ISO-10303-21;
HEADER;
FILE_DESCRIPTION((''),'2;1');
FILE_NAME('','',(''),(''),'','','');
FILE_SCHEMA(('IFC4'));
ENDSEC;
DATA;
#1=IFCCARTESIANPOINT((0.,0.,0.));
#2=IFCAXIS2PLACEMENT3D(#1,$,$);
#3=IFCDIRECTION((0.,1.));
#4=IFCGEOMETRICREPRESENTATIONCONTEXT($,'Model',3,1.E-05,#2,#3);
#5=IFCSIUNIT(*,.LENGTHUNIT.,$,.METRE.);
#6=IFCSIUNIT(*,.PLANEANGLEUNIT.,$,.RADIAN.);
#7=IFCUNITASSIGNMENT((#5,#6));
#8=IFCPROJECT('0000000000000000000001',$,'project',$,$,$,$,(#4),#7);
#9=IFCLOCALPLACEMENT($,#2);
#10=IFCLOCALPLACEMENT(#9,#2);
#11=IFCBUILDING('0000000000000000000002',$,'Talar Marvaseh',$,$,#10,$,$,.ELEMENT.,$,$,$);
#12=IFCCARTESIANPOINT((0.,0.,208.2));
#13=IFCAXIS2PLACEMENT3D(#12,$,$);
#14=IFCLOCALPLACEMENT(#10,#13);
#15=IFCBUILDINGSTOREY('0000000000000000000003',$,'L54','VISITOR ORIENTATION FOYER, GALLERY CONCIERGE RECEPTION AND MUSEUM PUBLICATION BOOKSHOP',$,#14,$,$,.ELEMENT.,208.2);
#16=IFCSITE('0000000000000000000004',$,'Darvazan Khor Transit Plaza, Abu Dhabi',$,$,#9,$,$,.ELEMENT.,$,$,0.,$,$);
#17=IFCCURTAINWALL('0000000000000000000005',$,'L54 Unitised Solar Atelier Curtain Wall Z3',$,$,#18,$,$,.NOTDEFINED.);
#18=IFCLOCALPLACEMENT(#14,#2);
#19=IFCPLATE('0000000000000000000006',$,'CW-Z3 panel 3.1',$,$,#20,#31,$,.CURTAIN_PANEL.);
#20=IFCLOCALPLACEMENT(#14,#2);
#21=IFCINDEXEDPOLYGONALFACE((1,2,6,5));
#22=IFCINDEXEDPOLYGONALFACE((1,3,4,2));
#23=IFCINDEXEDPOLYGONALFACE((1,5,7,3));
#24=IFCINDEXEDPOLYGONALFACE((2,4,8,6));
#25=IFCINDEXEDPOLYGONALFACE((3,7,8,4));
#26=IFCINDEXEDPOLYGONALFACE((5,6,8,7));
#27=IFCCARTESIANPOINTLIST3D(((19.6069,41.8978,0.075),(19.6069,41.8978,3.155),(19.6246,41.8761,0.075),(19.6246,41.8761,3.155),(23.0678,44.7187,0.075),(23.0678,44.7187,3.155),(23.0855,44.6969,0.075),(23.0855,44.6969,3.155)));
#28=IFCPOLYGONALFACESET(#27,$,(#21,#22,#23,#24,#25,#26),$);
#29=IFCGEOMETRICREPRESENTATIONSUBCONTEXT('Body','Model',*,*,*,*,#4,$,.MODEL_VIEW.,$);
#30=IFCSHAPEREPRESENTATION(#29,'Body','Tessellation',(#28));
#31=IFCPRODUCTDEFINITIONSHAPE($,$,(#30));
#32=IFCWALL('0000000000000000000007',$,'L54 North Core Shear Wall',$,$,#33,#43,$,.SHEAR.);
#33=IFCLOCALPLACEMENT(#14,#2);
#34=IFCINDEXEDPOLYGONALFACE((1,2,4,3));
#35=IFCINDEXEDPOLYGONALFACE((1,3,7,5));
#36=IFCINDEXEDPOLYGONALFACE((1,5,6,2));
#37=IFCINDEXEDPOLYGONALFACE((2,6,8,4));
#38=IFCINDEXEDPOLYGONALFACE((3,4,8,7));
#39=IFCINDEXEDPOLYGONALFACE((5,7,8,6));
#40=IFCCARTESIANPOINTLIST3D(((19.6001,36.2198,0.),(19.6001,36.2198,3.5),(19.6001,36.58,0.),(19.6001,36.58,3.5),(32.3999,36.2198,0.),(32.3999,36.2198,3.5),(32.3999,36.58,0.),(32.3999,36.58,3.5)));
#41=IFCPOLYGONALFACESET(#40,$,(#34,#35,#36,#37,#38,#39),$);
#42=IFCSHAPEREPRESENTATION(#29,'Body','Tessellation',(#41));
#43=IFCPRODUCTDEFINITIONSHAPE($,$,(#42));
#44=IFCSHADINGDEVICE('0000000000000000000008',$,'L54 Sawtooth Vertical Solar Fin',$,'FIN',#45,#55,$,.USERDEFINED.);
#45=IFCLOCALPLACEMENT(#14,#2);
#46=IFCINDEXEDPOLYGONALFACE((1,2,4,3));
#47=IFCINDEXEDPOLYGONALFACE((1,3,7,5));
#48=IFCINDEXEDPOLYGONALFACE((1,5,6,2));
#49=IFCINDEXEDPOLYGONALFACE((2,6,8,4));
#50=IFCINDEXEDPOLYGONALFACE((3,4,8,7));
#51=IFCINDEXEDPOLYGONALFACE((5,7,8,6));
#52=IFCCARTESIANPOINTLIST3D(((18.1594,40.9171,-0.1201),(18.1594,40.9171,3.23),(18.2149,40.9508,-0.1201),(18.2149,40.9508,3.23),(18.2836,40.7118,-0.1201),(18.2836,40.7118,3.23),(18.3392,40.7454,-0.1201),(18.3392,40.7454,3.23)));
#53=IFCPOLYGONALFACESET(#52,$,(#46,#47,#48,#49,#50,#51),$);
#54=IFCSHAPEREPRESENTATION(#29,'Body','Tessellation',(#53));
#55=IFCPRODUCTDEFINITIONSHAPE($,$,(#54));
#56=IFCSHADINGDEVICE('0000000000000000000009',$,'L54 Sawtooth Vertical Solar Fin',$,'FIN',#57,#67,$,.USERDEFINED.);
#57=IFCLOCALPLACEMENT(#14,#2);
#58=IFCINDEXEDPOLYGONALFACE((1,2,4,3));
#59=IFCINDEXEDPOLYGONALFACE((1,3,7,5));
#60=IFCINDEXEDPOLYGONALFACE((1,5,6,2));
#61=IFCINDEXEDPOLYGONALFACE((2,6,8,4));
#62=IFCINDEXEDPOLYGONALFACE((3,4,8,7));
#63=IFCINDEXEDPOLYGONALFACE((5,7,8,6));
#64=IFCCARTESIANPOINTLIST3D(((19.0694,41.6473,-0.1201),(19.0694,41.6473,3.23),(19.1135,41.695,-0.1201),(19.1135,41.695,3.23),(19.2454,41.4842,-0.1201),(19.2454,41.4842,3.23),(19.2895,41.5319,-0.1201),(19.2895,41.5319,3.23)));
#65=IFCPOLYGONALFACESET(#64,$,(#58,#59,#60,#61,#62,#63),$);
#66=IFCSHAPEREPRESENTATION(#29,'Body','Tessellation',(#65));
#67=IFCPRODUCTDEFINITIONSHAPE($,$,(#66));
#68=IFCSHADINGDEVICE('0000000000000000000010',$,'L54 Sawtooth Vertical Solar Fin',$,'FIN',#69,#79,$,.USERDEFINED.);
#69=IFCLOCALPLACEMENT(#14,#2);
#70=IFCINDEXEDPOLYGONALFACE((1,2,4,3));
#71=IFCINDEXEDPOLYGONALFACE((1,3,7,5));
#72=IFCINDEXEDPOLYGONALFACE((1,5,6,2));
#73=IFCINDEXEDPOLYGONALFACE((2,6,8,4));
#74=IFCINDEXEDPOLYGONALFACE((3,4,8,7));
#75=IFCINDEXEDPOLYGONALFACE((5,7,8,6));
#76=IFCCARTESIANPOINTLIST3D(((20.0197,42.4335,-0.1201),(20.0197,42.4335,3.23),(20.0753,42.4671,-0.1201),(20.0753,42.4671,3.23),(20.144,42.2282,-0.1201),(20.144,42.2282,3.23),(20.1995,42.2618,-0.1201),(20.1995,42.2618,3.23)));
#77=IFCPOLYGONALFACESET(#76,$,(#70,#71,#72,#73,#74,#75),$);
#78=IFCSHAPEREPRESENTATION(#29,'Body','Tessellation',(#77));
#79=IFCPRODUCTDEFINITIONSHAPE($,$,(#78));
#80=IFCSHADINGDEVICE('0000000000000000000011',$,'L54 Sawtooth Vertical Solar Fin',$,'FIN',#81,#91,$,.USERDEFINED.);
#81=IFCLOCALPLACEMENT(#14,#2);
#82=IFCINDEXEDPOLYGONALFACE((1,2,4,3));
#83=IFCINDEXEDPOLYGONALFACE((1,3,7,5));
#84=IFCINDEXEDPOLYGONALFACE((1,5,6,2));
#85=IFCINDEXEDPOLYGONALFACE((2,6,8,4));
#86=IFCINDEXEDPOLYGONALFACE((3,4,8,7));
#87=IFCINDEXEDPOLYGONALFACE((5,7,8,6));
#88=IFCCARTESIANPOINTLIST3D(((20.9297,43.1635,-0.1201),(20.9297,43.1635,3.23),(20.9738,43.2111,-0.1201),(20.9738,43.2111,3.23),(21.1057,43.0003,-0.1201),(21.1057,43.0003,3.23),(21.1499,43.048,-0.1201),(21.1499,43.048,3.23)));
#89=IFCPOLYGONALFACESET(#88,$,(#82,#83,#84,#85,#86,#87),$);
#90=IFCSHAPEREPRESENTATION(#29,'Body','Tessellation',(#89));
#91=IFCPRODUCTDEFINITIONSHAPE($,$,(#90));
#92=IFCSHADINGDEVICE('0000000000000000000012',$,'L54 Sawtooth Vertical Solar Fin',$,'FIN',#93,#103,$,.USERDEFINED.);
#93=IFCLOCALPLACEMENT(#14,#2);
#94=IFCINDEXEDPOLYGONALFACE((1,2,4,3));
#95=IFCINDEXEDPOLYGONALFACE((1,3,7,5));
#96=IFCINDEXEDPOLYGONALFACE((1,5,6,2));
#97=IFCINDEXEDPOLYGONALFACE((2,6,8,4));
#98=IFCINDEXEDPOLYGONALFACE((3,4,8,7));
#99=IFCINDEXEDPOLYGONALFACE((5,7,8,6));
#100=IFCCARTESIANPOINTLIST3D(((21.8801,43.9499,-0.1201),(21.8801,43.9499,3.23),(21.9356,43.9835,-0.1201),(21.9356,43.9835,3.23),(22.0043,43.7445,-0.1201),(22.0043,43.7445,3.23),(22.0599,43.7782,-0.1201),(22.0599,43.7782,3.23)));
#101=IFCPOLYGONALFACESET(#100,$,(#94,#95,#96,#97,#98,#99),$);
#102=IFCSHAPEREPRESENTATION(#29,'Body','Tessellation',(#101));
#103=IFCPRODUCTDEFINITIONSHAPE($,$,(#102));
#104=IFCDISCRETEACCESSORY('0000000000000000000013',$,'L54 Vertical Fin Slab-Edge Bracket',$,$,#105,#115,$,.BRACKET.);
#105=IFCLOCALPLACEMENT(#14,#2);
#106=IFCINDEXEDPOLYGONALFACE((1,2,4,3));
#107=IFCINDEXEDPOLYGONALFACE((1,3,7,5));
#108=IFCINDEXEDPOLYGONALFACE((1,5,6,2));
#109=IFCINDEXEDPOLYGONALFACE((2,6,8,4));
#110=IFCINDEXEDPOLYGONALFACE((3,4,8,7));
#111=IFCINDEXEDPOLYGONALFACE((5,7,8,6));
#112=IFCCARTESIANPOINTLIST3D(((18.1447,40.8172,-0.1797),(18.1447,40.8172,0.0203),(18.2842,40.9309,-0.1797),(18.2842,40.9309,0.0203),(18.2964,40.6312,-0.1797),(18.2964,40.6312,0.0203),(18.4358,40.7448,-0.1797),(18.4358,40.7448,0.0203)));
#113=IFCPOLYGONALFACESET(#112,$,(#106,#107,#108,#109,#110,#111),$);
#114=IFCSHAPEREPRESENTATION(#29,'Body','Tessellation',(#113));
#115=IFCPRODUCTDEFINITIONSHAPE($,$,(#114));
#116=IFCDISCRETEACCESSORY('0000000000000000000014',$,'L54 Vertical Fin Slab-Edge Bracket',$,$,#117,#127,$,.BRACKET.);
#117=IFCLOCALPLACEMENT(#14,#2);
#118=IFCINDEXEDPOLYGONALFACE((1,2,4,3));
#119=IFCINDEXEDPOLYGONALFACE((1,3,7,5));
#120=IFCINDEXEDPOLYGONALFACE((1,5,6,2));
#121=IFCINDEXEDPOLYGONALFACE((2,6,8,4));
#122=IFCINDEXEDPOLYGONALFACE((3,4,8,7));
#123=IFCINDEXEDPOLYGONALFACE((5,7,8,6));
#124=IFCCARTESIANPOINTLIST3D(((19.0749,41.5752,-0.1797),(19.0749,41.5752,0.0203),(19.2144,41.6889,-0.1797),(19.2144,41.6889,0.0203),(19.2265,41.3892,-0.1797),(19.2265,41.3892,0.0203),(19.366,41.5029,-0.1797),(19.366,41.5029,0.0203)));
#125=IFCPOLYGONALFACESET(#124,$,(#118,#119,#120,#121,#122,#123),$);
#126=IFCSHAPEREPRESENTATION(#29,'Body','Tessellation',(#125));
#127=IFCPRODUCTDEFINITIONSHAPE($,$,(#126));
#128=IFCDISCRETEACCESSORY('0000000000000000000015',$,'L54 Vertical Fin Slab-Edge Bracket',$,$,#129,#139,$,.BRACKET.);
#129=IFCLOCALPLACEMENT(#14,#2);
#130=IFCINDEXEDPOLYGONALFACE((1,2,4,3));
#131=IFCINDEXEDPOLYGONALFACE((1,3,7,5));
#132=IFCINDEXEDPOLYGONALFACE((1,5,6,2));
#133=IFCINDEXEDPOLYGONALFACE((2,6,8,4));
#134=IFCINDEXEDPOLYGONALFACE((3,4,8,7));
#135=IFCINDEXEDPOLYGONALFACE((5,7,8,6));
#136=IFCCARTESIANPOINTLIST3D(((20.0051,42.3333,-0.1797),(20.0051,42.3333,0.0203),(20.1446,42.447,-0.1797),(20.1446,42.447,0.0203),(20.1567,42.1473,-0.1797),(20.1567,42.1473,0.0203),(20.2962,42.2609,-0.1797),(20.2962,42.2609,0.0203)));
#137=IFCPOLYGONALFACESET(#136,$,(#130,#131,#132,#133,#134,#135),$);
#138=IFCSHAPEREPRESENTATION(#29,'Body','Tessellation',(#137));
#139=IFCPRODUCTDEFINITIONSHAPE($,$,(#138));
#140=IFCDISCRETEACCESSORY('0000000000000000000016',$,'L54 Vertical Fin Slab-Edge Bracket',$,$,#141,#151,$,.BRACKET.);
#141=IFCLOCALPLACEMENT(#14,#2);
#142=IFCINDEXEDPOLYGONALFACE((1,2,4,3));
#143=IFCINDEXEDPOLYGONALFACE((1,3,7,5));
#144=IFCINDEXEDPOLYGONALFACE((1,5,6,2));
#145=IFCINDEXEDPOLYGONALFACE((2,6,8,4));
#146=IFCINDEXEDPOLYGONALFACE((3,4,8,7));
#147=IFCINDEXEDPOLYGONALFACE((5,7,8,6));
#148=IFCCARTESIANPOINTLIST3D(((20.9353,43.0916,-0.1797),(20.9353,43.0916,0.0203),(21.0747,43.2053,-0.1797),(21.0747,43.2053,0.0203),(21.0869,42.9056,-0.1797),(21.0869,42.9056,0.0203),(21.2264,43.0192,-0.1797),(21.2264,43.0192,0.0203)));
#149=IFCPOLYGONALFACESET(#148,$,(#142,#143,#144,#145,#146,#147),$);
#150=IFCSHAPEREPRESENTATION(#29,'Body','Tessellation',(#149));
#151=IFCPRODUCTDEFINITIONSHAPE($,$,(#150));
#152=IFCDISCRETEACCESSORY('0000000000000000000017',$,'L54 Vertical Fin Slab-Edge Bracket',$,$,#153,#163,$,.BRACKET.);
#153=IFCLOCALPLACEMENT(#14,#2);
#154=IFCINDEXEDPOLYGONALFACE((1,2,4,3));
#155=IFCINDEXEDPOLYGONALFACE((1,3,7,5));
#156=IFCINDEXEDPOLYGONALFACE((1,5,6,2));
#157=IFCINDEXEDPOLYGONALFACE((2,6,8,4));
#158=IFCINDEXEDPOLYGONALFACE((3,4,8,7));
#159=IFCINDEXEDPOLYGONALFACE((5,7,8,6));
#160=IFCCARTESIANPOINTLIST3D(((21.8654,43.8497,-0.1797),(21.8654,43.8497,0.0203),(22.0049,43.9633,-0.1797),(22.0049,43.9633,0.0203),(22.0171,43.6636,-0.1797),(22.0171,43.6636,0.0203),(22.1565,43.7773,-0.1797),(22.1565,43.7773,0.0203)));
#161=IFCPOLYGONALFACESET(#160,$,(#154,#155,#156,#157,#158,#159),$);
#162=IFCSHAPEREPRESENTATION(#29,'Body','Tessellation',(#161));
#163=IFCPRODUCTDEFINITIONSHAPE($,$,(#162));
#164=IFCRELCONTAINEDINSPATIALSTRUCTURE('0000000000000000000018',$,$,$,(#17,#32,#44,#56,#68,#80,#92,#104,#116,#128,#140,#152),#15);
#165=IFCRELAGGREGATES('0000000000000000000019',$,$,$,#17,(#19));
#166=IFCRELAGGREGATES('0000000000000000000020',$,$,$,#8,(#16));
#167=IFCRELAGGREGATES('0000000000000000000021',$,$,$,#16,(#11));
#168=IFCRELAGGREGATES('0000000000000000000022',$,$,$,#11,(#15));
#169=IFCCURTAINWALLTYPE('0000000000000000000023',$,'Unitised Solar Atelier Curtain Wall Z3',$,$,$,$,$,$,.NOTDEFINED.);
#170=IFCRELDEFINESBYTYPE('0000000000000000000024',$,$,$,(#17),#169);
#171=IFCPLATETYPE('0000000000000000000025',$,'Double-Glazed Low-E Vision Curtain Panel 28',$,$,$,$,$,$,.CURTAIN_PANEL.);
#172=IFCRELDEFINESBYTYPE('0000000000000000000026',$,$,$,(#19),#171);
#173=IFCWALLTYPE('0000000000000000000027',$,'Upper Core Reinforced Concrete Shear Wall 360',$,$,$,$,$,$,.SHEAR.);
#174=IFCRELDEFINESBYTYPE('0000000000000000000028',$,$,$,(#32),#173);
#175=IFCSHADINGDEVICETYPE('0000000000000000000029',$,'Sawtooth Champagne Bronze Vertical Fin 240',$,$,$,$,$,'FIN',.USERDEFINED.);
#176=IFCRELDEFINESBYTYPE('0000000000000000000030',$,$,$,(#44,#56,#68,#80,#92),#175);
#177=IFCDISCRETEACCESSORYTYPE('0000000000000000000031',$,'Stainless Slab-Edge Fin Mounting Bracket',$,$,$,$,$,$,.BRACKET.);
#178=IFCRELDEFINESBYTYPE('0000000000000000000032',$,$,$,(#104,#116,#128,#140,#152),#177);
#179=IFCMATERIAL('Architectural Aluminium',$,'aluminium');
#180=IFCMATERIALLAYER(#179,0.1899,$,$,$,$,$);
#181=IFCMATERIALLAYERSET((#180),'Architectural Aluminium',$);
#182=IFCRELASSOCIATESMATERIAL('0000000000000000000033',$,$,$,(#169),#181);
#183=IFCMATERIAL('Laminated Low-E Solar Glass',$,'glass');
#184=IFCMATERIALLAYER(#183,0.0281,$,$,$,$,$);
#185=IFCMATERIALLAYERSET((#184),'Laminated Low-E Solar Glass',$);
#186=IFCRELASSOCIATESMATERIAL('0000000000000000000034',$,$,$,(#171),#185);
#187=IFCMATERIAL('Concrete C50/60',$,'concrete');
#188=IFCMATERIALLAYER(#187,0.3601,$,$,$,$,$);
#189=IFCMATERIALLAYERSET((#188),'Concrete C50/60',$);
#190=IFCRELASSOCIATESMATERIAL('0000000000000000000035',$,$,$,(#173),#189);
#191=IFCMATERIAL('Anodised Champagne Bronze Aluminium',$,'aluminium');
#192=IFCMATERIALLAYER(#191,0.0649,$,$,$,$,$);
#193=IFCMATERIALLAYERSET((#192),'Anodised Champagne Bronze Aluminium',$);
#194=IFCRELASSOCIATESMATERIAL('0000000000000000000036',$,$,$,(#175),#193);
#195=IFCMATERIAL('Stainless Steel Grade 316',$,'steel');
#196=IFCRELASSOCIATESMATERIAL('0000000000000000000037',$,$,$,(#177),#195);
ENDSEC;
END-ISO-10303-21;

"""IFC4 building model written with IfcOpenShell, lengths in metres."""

from ifc_helpers import new_model, si_unit, direction, frame, frame_2d, origin, origin_2d, place, context, subcontext, project, spatial, rectangle, extrude, source, transform, mapped, material, layer, layer_set, type_object, type_shapes, element, aggregate, save


model = new_model("IFC4")

# Units and contexts
model_context = context("Model", 3, precision=1e-05, world=origin(), true_north=direction((0.0, 1.0)))
body_context = subcontext(model_context, "Body", "Model", "MODEL_VIEW")
ifc_project = project(units=[si_unit("LENGTHUNIT", "METRE"), si_unit("PLANEANGLEUNIT", "RADIAN")], contexts=[model_context])

# Site, building, storey
site_placement = place(None, origin())
site = spatial("IfcSite", under=ifc_project, at=site_placement, Name="Darvazan Khor Transit Plaza, Abu Dhabi", CompositionType="ELEMENT", RefElevation=0.0)
building_placement = place(site_placement, origin())
building = spatial("IfcBuilding", under=site, at=building_placement, Name="Talar Marvaseh", CompositionType="ELEMENT")
storey_placement = place(building_placement, frame((0.0, 0.0, 208.2)))
storey = spatial("IfcBuildingStorey", under=building, at=storey_placement, Name="L54", Description="VISITOR ORIENTATION FOYER, GALLERY CONCIERGE RECEPTION AND MUSEUM PUBLICATION BOOKSHOP", CompositionType="ELEMENT", Elevation=208.2)

# Curtain wall, plate
ifc_material_1 = material(Name="Architectural Aluminium", Category="aluminium")
ifc_layer_1 = layer(ifc_material_1, 0.1899)
ifc_layer_set_1 = layer_set([ifc_layer_1], Name="Architectural Aluminium")
curtain_wall_type = type_object("IfcCurtainWallType", Name="Unitised Solar Atelier Curtain Wall Z3", PredefinedType="NOTDEFINED", material=ifc_layer_set_1)
curtain_wall_placement = place(storey_placement, origin())
curtain_wall = element("IfcCurtainWall", 1, at=curtain_wall_placement, inside=storey, type_object=curtain_wall_type, Name="L54 Unitised Solar Atelier Curtain Wall Z3", PredefinedType="NOTDEFINED")
ifc_material_2 = material(Name="Laminated Low-E Solar Glass", Category="glass")
ifc_layer_2 = layer(ifc_material_2, 0.0281)
ifc_layer_set_2 = layer_set([ifc_layer_2], Name="Laminated Low-E Solar Glass")
plate_type = type_object("IfcPlateType", Name="Double-Glazed Low-E Vision Curtain Panel 28", PredefinedType="CURTAIN_PANEL", material=ifc_layer_set_2)
shared_shape_1 = source(origin(), body_context, "Body", "SweptSolid", [
    extrude(rectangle(XDim=4.4648, YDim=0.0281, at=origin_2d()), origin(), (0.0, 0.0, 1.0), 3.0801),
])
type_shapes(plate_type, [shared_shape_1])
plate_placement = place(storey_placement, frame((21.3462, 43.2974, 0.075), z_axis=(0.0, 0.0, 1.0), x_axis=(0.775145, 0.631784, 0.0)))
plate = element("IfcPlate", 2, at=plate_placement, type_object=plate_type, Name="CW-Z3 panel 3.1", PredefinedType="CURTAIN_PANEL", context=body_context, shape_type="MappedRepresentation", body=[
    mapped(shared_shape_1, transform((0.0, 0.0, 0.0), x_axis=(1.0, 0.0, 0.0), y_axis=(0.0, 1.0, 0.0), z_axis=(0.0, 0.0, 1.0), scale=1.0)),
])
aggregate(curtain_wall, [plate])

# Wall
ifc_material_3 = material(Name="Concrete C50/60", Category="concrete")
ifc_layer_3 = layer(ifc_material_3, 0.3601)
ifc_layer_set_3 = layer_set([ifc_layer_3], Name="Concrete C50/60")
wall_type = type_object("IfcWallType", Name="Upper Core Reinforced Concrete Shear Wall 360", PredefinedType="SHEAR", material=ifc_layer_set_3)
wall_placement = place(storey_placement, frame((19.6001, 36.3999, 0.0), z_axis=(0.0, 0.0, 1.0), x_axis=(1.0, 0.0, 0.0)))
element("IfcWall", 3, at=wall_placement, inside=storey, type_object=wall_type, Name="L54 North Core Shear Wall", PredefinedType="SHEAR", context=body_context, shape_type="SweptSolid", body=[
    extrude(rectangle(XDim=12.7998, YDim=0.3601, at=frame_2d((6.3999, 0.0))), origin(), (0.0, 0.0, 1.0), 3.5),
])

# Shading devices
ifc_material_4 = material(Name="Anodised Champagne Bronze Aluminium", Category="aluminium")
ifc_layer_4 = layer(ifc_material_4, 0.0649)
ifc_layer_set_4 = layer_set([ifc_layer_4], Name="Anodised Champagne Bronze Aluminium")
shading_device_type = type_object("IfcShadingDeviceType", Name="Sawtooth Champagne Bronze Vertical Fin 240", ElementType="FIN", PredefinedType="USERDEFINED", material=ifc_layer_set_4)
shared_shape_2 = source(origin(), body_context, "Body", "SweptSolid", [
    extrude(rectangle(XDim=0.24, YDim=0.0649, at=origin_2d()), origin(), (0.0, 0.0, 1.0), 3.3501),
])
type_shapes(shading_device_type, [shared_shape_2])
for number, where, z_axis, x_axis, name in (
    (4, (18.2493, 40.8313, -0.1201), (0.0, 0.0, 1.0), (-0.517728, 0.855545, 0.0), "L54 Sawtooth Vertical Solar Fin"),
    (5, (19.1794, 41.5896, -0.1201), (0.0, 0.0, 1.0), (-0.733493, 0.679697, 0.0), "L54 Sawtooth Vertical Solar Fin"),
    (6, (20.1096, 42.3477, -0.1201), (0.0, 0.0, 1.0), (-0.517728, 0.855545, 0.0), "L54 Sawtooth Vertical Solar Fin"),
    (7, (21.0398, 43.1057, -0.1201), (0.0, 0.0, 1.0), (-0.733493, 0.679697, 0.0), "L54 Sawtooth Vertical Solar Fin"),
    (8, (21.97, 43.864, -0.1201), (0.0, 0.0, 1.0), (-0.517728, 0.855545, 0.0), "L54 Sawtooth Vertical Solar Fin"),
):
    element("IfcShadingDevice", number, at=place(storey_placement, frame(where, z_axis=z_axis, x_axis=x_axis)), inside=storey, type_object=shading_device_type, Name=name, ObjectType="FIN", PredefinedType="USERDEFINED", context=body_context, shape_type="MappedRepresentation", body=[
        mapped(shared_shape_2, transform((0.0, 0.0, 0.0), x_axis=(1.0, 0.0, 0.0), y_axis=(0.0, 1.0, 0.0), z_axis=(0.0, 0.0, 1.0), scale=1.0)),
    ])

# Discrete accessories
ifc_material_5 = material(Name="Stainless Steel Grade 316", Category="steel")
discrete_accessory_type = type_object("IfcDiscreteAccessoryType", Name="Stainless Slab-Edge Fin Mounting Bracket", PredefinedType="BRACKET", material=ifc_material_5)
shared_shape_3 = source(origin(), body_context, "Body", "SweptSolid", [
    extrude(rectangle(XDim=0.24, YDim=0.1799, at=origin_2d()), origin(), (0.0, 0.0, 1.0), 0.2),
])
type_shapes(discrete_accessory_type, [shared_shape_3])
for number, where, z_axis, x_axis, name in (
    (9, (18.2903, 40.781, -0.1797), (0.0, 0.0, 1.0), (-0.631759, 0.775165, 0.0), "L54 Vertical Fin Slab-Edge Bracket"),
    (10, (19.2205, 41.5391, -0.1797), (0.0, 0.0, 1.0), (-0.631759, 0.775165, 0.0), "L54 Vertical Fin Slab-Edge Bracket"),
    (11, (20.1506, 42.2971, -0.1797), (0.0, 0.0, 1.0), (-0.631759, 0.775165, 0.0), "L54 Vertical Fin Slab-Edge Bracket"),
    (12, (21.0808, 43.0554, -0.1797), (0.0, 0.0, 1.0), (-0.631759, 0.775165, 0.0), "L54 Vertical Fin Slab-Edge Bracket"),
    (13, (22.011, 43.8135, -0.1797), (0.0, 0.0, 1.0), (-0.631759, 0.775165, 0.0), "L54 Vertical Fin Slab-Edge Bracket"),
):
    element("IfcDiscreteAccessory", number, at=place(storey_placement, frame(where, z_axis=z_axis, x_axis=x_axis)), inside=storey, type_object=discrete_accessory_type, Name=name, PredefinedType="BRACKET", context=body_context, shape_type="MappedRepresentation", body=[
        mapped(shared_shape_3, transform((0.0, 0.0, 0.0), x_axis=(1.0, 0.0, 0.0), y_axis=(0.0, 1.0, 0.0), z_axis=(0.0, 0.0, 1.0), scale=1.0)),
    ])

save(model, "model.ifc")
